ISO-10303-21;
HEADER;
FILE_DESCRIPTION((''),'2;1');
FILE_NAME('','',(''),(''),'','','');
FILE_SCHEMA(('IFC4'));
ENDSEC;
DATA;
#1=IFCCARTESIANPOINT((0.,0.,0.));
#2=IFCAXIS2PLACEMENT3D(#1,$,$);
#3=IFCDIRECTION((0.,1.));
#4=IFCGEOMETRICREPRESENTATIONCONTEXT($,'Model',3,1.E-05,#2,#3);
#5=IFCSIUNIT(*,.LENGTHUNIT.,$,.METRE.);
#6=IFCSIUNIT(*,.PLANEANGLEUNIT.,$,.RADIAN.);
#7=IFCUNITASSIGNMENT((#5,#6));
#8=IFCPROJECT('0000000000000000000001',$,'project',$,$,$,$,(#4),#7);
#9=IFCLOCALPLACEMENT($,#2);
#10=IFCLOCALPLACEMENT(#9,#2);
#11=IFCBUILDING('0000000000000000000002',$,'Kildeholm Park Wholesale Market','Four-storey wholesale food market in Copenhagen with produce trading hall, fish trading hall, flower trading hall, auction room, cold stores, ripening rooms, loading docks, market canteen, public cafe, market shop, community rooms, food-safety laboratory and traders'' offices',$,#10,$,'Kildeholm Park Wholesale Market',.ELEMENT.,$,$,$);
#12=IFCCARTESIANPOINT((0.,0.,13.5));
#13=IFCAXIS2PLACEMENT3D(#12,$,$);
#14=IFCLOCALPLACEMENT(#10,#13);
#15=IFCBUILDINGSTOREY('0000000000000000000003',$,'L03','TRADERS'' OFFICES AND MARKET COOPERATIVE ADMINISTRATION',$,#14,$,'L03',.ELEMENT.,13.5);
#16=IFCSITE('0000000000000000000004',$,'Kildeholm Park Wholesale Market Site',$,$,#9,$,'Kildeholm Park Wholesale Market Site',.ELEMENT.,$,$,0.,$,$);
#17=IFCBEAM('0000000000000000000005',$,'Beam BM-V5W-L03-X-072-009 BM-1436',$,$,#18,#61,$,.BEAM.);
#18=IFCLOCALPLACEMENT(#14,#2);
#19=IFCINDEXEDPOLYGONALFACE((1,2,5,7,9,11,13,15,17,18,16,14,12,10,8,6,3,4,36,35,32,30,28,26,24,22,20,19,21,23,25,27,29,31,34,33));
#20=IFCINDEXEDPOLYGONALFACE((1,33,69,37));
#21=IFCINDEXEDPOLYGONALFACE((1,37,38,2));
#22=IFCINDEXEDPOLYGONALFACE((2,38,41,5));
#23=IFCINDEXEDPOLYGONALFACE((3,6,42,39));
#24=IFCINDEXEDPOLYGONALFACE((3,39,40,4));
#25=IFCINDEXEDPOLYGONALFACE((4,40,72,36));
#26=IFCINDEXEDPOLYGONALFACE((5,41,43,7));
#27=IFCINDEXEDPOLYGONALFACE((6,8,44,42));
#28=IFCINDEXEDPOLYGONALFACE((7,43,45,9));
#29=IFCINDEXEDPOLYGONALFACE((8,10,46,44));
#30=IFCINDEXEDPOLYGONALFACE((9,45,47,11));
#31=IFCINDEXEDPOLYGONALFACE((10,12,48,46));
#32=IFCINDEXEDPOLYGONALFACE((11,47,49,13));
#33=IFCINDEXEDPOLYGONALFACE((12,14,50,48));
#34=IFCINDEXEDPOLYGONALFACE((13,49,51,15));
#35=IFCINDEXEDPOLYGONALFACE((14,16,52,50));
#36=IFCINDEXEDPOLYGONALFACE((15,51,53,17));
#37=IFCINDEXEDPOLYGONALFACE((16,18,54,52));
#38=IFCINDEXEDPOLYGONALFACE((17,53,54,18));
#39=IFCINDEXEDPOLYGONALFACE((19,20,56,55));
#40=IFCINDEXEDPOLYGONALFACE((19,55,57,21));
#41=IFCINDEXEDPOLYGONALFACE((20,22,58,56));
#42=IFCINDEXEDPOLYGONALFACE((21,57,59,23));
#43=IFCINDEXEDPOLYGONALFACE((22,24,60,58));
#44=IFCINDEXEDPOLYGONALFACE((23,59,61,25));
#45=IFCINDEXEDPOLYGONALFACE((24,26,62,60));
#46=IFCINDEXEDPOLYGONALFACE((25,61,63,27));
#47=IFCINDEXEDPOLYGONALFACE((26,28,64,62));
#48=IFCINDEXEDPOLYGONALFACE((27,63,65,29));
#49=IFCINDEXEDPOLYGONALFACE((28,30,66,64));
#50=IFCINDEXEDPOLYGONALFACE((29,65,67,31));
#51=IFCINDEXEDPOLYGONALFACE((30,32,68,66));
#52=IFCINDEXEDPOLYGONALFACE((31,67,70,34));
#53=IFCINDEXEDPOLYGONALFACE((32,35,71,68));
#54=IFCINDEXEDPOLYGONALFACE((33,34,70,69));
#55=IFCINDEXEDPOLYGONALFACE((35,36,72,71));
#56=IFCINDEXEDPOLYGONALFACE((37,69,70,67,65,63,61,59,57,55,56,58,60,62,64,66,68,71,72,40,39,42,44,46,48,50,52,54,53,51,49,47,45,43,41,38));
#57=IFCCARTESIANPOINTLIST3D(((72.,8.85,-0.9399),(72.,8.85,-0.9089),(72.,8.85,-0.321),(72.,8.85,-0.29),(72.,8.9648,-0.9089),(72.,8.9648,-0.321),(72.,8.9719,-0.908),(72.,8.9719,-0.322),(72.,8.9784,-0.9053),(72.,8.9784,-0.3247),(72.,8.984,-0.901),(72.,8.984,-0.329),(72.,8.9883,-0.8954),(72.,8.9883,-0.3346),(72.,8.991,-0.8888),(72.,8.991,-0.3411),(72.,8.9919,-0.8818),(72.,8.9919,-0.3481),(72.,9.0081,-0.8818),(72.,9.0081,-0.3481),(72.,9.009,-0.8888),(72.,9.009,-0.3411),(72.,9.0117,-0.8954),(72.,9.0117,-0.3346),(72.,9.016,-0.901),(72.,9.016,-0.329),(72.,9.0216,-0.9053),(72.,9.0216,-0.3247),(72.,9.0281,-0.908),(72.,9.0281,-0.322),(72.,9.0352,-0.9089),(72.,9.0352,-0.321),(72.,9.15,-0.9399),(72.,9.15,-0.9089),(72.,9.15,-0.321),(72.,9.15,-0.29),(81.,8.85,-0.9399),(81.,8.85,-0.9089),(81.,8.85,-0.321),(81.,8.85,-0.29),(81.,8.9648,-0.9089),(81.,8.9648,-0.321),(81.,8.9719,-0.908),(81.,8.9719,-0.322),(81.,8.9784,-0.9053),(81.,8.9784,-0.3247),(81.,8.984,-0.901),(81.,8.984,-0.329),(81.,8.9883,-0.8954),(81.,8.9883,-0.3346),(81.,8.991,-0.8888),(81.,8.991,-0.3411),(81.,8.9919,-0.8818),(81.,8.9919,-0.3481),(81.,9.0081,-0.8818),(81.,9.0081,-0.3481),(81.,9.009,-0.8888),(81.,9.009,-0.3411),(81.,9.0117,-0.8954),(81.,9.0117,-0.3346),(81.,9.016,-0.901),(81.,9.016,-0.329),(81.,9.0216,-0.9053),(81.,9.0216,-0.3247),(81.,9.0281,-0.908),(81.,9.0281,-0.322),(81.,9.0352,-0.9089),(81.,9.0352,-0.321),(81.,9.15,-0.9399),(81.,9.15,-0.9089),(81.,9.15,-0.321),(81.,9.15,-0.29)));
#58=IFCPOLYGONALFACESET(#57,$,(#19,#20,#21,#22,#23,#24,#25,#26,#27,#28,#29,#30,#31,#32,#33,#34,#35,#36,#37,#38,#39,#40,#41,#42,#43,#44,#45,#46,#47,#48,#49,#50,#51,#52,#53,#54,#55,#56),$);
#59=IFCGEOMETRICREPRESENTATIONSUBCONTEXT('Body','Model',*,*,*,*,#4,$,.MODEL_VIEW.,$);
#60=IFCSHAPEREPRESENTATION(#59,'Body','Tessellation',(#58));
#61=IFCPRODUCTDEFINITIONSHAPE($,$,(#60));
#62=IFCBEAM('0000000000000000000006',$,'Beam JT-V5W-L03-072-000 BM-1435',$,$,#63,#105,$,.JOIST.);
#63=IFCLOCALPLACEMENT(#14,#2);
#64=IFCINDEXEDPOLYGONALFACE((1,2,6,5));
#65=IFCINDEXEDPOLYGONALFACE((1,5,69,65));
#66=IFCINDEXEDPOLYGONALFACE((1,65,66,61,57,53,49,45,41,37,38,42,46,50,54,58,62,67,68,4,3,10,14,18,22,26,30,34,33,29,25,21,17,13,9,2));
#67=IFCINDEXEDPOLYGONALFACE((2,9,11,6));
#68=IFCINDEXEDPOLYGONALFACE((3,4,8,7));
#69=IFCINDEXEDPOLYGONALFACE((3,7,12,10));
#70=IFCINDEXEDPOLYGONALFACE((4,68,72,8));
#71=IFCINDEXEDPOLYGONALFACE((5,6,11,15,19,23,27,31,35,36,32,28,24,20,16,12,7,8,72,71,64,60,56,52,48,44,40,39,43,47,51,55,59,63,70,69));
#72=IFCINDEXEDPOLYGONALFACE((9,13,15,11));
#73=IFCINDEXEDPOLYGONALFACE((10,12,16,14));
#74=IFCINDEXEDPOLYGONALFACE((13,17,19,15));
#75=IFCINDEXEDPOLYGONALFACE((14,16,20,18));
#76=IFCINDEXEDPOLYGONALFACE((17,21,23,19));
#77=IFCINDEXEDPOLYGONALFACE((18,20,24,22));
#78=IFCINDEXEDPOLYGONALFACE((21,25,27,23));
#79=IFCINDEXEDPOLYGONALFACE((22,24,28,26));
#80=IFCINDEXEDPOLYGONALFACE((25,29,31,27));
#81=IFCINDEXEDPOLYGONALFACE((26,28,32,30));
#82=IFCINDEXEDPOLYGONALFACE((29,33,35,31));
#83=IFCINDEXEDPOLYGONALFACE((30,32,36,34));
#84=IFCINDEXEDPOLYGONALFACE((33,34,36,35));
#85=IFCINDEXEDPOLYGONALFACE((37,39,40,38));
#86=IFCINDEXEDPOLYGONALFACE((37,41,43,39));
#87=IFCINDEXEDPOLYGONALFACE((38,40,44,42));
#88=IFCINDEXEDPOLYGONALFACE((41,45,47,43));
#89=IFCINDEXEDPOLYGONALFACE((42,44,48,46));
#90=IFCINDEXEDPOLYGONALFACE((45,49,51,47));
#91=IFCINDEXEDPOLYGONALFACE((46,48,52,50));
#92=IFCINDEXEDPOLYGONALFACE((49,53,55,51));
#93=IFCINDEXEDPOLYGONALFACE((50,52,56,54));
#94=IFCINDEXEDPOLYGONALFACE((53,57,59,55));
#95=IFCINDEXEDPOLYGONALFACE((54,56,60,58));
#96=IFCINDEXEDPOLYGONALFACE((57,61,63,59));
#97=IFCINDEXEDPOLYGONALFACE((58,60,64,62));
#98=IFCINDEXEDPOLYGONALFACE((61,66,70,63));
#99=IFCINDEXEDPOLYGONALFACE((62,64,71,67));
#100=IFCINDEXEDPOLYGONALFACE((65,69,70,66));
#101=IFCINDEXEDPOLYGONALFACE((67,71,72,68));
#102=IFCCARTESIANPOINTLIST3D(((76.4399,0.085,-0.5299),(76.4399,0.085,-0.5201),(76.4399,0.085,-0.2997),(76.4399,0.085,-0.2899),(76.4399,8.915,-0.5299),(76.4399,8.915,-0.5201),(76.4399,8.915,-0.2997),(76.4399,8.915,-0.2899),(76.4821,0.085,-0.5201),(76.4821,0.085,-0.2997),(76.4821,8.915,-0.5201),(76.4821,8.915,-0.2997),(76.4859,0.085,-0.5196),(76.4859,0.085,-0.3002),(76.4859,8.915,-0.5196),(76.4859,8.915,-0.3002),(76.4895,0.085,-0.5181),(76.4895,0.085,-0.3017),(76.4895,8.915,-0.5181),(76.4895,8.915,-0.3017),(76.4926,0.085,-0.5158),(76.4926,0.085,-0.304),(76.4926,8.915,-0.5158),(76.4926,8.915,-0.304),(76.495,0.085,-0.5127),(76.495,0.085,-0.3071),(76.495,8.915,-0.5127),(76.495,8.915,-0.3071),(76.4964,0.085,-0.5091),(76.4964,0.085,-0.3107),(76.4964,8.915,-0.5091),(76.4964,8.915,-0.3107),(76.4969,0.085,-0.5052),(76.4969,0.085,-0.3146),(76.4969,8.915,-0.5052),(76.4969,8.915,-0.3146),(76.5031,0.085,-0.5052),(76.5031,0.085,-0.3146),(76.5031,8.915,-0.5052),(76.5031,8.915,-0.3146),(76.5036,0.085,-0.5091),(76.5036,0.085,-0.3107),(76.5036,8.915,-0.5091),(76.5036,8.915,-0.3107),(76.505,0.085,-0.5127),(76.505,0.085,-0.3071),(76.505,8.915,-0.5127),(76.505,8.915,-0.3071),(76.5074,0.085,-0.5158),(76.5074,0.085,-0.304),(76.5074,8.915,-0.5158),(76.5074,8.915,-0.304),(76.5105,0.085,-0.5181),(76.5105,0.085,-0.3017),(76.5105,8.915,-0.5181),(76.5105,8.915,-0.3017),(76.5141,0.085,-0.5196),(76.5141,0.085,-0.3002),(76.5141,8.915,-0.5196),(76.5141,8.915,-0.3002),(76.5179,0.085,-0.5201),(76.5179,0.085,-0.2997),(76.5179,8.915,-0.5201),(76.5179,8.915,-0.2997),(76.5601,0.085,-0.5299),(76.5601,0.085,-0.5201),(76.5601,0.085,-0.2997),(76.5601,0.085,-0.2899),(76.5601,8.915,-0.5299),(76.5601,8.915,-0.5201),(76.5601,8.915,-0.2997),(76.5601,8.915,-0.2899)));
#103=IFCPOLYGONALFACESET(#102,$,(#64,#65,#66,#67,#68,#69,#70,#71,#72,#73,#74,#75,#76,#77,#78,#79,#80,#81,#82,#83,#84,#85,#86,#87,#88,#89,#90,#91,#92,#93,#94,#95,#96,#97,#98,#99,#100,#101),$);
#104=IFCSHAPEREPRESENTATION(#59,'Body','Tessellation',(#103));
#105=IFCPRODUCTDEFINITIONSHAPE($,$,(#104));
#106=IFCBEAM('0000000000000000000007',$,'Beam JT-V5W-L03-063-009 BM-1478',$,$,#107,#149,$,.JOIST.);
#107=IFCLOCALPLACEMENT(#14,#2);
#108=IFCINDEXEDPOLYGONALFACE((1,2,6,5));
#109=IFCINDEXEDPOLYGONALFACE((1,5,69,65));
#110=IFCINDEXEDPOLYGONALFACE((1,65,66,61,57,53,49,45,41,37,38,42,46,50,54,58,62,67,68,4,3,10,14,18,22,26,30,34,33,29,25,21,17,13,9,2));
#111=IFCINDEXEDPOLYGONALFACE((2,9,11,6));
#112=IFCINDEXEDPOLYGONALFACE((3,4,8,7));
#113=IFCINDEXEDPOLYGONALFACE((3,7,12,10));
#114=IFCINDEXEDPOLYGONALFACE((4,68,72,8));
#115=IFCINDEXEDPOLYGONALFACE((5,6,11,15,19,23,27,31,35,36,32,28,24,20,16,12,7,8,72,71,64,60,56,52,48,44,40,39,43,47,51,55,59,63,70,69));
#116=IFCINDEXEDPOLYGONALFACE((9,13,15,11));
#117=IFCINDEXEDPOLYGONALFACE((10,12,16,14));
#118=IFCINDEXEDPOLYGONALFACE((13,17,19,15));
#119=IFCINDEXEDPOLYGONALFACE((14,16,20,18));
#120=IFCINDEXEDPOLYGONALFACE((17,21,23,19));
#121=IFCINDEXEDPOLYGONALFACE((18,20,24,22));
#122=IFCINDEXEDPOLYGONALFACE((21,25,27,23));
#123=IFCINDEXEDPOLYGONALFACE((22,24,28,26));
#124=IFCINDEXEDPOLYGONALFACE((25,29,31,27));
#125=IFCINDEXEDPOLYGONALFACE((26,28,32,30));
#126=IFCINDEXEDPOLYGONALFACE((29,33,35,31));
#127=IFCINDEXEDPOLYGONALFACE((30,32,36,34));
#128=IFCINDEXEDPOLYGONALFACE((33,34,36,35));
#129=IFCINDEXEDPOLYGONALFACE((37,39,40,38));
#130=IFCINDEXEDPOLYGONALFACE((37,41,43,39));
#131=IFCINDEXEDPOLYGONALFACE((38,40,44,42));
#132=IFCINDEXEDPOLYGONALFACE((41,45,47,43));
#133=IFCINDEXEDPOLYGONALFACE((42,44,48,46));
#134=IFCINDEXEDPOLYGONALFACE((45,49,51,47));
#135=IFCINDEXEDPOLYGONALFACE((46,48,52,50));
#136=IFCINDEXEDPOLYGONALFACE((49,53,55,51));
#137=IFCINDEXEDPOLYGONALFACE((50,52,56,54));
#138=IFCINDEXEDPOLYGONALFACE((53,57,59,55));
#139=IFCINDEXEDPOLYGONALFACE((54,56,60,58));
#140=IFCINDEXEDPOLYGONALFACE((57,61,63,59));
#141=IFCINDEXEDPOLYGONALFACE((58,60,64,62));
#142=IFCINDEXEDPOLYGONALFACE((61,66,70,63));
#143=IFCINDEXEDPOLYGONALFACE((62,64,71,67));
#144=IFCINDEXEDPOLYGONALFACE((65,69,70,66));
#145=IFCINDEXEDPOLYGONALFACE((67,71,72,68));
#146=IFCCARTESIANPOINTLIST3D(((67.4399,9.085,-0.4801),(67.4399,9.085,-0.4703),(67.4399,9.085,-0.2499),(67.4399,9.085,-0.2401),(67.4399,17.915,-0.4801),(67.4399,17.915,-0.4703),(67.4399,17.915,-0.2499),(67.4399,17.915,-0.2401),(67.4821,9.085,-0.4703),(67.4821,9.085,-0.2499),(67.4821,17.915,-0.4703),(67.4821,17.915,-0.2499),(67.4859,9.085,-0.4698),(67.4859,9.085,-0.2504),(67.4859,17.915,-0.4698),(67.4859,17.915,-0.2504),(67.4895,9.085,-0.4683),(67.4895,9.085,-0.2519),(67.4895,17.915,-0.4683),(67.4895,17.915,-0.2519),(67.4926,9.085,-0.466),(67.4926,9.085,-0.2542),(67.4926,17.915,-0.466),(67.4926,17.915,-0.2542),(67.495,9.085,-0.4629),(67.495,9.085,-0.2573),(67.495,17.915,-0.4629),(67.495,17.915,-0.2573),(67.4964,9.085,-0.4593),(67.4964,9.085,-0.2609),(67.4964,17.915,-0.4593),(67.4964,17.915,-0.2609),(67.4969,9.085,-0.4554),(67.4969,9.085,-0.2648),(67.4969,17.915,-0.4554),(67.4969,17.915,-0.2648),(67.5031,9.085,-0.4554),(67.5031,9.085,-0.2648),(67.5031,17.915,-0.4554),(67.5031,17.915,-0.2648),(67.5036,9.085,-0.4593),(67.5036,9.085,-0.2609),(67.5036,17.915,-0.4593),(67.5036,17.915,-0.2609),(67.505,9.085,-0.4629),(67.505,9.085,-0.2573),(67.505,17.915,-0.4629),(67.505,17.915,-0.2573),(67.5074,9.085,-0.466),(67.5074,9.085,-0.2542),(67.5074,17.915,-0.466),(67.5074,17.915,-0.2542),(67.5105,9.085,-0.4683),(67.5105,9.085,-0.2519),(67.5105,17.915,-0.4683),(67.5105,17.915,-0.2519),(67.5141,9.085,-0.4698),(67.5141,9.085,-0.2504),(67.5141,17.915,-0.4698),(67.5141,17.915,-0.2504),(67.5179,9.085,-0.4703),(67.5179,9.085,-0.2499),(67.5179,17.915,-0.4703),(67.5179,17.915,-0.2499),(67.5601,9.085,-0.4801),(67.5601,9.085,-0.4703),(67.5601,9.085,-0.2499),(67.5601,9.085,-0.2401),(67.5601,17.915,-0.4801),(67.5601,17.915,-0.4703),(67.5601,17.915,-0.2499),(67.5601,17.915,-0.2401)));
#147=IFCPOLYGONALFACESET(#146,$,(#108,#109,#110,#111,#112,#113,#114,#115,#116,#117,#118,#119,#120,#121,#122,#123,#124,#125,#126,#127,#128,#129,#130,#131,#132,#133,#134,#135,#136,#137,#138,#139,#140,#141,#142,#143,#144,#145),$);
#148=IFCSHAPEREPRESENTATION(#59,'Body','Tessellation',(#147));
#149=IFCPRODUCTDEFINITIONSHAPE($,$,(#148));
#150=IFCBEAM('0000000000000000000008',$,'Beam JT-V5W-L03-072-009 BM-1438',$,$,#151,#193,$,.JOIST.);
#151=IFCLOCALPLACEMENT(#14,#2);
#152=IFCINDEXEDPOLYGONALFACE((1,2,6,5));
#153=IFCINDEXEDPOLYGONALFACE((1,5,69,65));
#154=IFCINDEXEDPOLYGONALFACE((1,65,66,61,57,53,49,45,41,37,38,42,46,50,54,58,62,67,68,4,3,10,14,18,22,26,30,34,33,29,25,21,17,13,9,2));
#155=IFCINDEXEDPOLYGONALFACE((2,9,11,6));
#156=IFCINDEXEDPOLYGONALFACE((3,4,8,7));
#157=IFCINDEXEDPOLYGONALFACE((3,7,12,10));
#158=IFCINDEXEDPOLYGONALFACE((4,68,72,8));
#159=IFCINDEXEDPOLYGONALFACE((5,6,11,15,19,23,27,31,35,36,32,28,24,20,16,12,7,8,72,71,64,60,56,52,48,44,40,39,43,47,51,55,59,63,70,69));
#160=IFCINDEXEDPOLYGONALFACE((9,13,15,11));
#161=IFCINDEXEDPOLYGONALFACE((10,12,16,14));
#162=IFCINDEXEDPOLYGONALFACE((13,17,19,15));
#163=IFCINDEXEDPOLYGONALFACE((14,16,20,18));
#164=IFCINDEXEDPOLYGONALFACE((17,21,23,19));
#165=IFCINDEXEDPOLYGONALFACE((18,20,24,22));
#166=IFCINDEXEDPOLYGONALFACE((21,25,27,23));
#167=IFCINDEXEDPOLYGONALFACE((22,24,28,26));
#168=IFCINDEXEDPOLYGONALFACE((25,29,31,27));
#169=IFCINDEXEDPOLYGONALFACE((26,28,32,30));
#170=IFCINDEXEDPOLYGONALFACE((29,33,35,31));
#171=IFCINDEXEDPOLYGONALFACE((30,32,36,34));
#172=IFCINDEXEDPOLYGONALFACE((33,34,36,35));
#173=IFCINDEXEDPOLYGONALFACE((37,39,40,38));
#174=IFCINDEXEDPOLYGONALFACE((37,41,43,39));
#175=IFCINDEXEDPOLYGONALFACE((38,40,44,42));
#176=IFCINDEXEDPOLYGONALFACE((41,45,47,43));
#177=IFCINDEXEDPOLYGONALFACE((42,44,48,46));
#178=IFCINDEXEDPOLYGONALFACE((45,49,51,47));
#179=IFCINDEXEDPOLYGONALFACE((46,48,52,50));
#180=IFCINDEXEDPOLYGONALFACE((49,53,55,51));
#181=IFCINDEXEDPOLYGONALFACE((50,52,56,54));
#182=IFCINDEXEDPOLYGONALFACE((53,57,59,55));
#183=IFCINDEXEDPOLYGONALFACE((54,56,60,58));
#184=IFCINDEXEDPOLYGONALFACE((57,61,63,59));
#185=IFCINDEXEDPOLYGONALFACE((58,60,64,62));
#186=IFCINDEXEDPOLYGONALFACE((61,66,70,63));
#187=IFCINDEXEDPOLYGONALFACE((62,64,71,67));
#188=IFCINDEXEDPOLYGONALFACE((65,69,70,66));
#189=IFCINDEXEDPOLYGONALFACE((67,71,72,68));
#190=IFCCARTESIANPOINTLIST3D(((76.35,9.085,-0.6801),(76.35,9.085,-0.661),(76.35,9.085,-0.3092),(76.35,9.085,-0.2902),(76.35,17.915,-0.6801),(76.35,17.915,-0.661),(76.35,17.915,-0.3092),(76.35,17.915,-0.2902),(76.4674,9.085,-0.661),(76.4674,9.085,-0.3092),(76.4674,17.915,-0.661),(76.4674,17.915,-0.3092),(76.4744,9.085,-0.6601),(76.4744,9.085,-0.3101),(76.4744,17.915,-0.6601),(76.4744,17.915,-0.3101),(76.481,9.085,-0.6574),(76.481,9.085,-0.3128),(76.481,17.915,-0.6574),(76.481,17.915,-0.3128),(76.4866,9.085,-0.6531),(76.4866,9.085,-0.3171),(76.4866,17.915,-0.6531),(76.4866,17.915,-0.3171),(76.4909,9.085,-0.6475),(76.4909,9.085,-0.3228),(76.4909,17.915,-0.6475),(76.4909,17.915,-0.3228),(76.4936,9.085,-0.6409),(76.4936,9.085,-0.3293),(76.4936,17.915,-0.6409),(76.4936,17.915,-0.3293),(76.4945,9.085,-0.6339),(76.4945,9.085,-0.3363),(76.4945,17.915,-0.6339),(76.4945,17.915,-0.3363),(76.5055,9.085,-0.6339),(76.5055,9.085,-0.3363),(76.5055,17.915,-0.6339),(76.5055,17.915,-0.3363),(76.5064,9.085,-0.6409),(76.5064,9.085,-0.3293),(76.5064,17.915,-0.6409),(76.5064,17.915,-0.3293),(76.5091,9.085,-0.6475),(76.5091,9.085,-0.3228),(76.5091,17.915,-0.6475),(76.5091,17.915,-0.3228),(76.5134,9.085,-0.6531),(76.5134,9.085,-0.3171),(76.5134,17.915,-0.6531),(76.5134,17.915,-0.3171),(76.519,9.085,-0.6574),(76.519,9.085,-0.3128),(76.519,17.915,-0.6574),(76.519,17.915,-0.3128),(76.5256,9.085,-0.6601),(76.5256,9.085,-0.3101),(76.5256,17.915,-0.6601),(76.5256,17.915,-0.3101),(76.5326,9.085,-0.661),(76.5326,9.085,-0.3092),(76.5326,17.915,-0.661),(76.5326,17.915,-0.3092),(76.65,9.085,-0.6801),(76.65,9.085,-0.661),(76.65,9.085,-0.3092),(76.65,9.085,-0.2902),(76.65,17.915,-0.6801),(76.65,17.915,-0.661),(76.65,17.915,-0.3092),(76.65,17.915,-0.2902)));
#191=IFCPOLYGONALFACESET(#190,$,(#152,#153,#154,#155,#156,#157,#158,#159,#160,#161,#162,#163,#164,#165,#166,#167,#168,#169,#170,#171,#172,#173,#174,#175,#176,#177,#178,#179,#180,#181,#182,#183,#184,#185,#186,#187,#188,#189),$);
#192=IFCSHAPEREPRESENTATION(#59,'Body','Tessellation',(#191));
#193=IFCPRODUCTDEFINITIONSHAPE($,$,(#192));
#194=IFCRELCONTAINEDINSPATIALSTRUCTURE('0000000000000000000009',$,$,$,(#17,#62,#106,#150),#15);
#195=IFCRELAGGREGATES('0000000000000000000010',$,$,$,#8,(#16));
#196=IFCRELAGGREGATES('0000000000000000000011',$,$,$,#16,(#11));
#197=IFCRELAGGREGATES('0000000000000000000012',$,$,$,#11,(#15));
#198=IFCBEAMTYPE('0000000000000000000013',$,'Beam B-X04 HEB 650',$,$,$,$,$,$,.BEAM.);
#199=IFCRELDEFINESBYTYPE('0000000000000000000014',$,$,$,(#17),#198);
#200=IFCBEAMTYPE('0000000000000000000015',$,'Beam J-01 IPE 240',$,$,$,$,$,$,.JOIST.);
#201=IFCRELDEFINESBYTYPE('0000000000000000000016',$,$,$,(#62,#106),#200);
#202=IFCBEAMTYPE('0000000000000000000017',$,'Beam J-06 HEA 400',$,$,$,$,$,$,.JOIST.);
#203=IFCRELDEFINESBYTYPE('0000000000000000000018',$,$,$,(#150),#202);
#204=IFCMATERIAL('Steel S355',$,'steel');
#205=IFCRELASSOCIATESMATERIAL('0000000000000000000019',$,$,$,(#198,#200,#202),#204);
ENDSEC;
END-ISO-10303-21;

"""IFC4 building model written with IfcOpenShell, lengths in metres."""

from ifc_helpers import new_model, si_unit, direction, frame, origin, origin_2d, place, context, subcontext, project, spatial, i_section, extrude, material, material_profile, profile_set, type_object, element, save


model = new_model("IFC4")

# Units and contexts
model_context = context("Model", 3, precision=1e-05, world=origin(), true_north=direction((0.0, 1.0)))
body_context = subcontext(model_context, "Body", "Model", "MODEL_VIEW")
ifc_project = project(units=[si_unit("LENGTHUNIT", "METRE"), si_unit("PLANEANGLEUNIT", "RADIAN")], contexts=[model_context])

# Site, building, storey
site_placement = place(None, origin())
site = spatial("IfcSite", under=ifc_project, at=site_placement, Name="Kildeholm Park Wholesale Market Site", LongName="Kildeholm Park Wholesale Market Site", CompositionType="ELEMENT", RefElevation=0.0)
building_placement = place(site_placement, origin())
building = spatial("IfcBuilding", under=site, at=building_placement, Name="Kildeholm Park Wholesale Market", Description="Four-storey wholesale food market in Copenhagen with produce trading hall, fish trading hall, flower trading hall, auction room, cold stores, ripening rooms, loading docks, market canteen, public cafe, market shop, community rooms, food-safety laboratory and traders' offices", LongName="Kildeholm Park Wholesale Market", CompositionType="ELEMENT")
storey_placement = place(building_placement, frame((0.0, 0.0, 13.5)))
storey = spatial("IfcBuildingStorey", under=building, at=storey_placement, Name="L03", Description="TRADERS' OFFICES AND MARKET COOPERATIVE ADMINISTRATION", LongName="L03", CompositionType="ELEMENT", Elevation=13.5)

# Shared definitions
ifc_material_1 = material(Name="Steel S355", Category="steel")

# Beams
ifc_material_profile_1 = material_profile(ifc_material_1, i_section(OverallWidth=0.3, OverallDepth=0.6499, WebThickness=0.0161, FlangeThickness=0.031, FilletRadius=0.0271, at=origin_2d()), Name="HEB 650")
ifc_profile_set_1 = profile_set([ifc_material_profile_1], Name="Steel S355")
beam_type_1 = type_object("IfcBeamType", Name="Beam B-X04 HEB 650", PredefinedType="BEAM", material=ifc_profile_set_1)
beam_placement = place(storey_placement, frame((72.0, 9.0, -0.615), z_axis=(1.0, 0.0, 0.0), x_axis=(0.0, 1.0, 0.0)))
element("IfcBeam", 1, at=beam_placement, inside=storey, type_object=beam_type_1, Name="Beam BM-V5W-L03-X-072-009 BM-1436", PredefinedType="BEAM", context=body_context, shape_type="SweptSolid", body=[
    extrude(i_section(OverallWidth=0.3, OverallDepth=0.6499, WebThickness=0.0161, FlangeThickness=0.031, FilletRadius=0.0271, at=origin_2d()), origin(), (0.0, 0.0, 1.0), 9.0),
])
ifc_material_profile_2 = material_profile(ifc_material_1, i_section(OverallWidth=0.1201, OverallDepth=0.24, WebThickness=0.0061, FlangeThickness=0.0098, FilletRadius=0.0149, at=origin_2d()), Name="IPE 240")
ifc_profile_set_2 = profile_set([ifc_material_profile_2], Name="Steel S355")
beam_type_2 = type_object("IfcBeamType", Name="Beam J-01 IPE 240", PredefinedType="JOIST", material=ifc_profile_set_2)
for number, where, z_axis, x_axis, name in (
    (2, (76.5, 0.085, -0.4099), (0.0, 1.0, 0.0), (-1.0, 0.0, 0.0), "Beam JT-V5W-L03-072-000 BM-1435"),
    (3, (67.5, 9.085, -0.3601), (0.0, 1.0, 0.0), (-1.0, 0.0, 0.0), "Beam JT-V5W-L03-063-009 BM-1478"),
):
    element("IfcBeam", number, at=place(storey_placement, frame(where, z_axis=z_axis, x_axis=x_axis)), inside=storey, type_object=beam_type_2, Name=name, PredefinedType="JOIST", context=body_context, shape_type="SweptSolid", body=[
        extrude(i_section(OverallWidth=0.1201, OverallDepth=0.24, WebThickness=0.0061, FlangeThickness=0.0098, FilletRadius=0.0149, at=origin_2d()), origin(), (0.0, 0.0, 1.0), 8.8301),
    ])
ifc_material_profile_3 = material_profile(ifc_material_1, i_section(OverallWidth=0.3, OverallDepth=0.3899, WebThickness=0.011, FlangeThickness=0.019, FilletRadius=0.0271, at=origin_2d()), Name="HEA 400")
ifc_profile_set_3 = profile_set([ifc_material_profile_3], Name="Steel S355")
beam_type_3 = type_object("IfcBeamType", Name="Beam J-06 HEA 400", PredefinedType="JOIST", material=ifc_profile_set_3)
for number, where, z_axis, x_axis, name in (
    (4, (76.5, 9.085, -0.4851), (0.0, 1.0, 0.0), (-1.0, 0.0, 0.0), "Beam JT-V5W-L03-072-009 BM-1438"),
):
    element("IfcBeam", number, at=place(storey_placement, frame(where, z_axis=z_axis, x_axis=x_axis)), inside=storey, type_object=beam_type_3, Name=name, PredefinedType="JOIST", context=body_context, shape_type="SweptSolid", body=[
        extrude(i_section(OverallWidth=0.3, OverallDepth=0.3899, WebThickness=0.011, FlangeThickness=0.019, FilletRadius=0.0271, at=origin_2d()), origin(), (0.0, 0.0, 1.0), 8.8301),
    ])

save(model, "model.ifc")
